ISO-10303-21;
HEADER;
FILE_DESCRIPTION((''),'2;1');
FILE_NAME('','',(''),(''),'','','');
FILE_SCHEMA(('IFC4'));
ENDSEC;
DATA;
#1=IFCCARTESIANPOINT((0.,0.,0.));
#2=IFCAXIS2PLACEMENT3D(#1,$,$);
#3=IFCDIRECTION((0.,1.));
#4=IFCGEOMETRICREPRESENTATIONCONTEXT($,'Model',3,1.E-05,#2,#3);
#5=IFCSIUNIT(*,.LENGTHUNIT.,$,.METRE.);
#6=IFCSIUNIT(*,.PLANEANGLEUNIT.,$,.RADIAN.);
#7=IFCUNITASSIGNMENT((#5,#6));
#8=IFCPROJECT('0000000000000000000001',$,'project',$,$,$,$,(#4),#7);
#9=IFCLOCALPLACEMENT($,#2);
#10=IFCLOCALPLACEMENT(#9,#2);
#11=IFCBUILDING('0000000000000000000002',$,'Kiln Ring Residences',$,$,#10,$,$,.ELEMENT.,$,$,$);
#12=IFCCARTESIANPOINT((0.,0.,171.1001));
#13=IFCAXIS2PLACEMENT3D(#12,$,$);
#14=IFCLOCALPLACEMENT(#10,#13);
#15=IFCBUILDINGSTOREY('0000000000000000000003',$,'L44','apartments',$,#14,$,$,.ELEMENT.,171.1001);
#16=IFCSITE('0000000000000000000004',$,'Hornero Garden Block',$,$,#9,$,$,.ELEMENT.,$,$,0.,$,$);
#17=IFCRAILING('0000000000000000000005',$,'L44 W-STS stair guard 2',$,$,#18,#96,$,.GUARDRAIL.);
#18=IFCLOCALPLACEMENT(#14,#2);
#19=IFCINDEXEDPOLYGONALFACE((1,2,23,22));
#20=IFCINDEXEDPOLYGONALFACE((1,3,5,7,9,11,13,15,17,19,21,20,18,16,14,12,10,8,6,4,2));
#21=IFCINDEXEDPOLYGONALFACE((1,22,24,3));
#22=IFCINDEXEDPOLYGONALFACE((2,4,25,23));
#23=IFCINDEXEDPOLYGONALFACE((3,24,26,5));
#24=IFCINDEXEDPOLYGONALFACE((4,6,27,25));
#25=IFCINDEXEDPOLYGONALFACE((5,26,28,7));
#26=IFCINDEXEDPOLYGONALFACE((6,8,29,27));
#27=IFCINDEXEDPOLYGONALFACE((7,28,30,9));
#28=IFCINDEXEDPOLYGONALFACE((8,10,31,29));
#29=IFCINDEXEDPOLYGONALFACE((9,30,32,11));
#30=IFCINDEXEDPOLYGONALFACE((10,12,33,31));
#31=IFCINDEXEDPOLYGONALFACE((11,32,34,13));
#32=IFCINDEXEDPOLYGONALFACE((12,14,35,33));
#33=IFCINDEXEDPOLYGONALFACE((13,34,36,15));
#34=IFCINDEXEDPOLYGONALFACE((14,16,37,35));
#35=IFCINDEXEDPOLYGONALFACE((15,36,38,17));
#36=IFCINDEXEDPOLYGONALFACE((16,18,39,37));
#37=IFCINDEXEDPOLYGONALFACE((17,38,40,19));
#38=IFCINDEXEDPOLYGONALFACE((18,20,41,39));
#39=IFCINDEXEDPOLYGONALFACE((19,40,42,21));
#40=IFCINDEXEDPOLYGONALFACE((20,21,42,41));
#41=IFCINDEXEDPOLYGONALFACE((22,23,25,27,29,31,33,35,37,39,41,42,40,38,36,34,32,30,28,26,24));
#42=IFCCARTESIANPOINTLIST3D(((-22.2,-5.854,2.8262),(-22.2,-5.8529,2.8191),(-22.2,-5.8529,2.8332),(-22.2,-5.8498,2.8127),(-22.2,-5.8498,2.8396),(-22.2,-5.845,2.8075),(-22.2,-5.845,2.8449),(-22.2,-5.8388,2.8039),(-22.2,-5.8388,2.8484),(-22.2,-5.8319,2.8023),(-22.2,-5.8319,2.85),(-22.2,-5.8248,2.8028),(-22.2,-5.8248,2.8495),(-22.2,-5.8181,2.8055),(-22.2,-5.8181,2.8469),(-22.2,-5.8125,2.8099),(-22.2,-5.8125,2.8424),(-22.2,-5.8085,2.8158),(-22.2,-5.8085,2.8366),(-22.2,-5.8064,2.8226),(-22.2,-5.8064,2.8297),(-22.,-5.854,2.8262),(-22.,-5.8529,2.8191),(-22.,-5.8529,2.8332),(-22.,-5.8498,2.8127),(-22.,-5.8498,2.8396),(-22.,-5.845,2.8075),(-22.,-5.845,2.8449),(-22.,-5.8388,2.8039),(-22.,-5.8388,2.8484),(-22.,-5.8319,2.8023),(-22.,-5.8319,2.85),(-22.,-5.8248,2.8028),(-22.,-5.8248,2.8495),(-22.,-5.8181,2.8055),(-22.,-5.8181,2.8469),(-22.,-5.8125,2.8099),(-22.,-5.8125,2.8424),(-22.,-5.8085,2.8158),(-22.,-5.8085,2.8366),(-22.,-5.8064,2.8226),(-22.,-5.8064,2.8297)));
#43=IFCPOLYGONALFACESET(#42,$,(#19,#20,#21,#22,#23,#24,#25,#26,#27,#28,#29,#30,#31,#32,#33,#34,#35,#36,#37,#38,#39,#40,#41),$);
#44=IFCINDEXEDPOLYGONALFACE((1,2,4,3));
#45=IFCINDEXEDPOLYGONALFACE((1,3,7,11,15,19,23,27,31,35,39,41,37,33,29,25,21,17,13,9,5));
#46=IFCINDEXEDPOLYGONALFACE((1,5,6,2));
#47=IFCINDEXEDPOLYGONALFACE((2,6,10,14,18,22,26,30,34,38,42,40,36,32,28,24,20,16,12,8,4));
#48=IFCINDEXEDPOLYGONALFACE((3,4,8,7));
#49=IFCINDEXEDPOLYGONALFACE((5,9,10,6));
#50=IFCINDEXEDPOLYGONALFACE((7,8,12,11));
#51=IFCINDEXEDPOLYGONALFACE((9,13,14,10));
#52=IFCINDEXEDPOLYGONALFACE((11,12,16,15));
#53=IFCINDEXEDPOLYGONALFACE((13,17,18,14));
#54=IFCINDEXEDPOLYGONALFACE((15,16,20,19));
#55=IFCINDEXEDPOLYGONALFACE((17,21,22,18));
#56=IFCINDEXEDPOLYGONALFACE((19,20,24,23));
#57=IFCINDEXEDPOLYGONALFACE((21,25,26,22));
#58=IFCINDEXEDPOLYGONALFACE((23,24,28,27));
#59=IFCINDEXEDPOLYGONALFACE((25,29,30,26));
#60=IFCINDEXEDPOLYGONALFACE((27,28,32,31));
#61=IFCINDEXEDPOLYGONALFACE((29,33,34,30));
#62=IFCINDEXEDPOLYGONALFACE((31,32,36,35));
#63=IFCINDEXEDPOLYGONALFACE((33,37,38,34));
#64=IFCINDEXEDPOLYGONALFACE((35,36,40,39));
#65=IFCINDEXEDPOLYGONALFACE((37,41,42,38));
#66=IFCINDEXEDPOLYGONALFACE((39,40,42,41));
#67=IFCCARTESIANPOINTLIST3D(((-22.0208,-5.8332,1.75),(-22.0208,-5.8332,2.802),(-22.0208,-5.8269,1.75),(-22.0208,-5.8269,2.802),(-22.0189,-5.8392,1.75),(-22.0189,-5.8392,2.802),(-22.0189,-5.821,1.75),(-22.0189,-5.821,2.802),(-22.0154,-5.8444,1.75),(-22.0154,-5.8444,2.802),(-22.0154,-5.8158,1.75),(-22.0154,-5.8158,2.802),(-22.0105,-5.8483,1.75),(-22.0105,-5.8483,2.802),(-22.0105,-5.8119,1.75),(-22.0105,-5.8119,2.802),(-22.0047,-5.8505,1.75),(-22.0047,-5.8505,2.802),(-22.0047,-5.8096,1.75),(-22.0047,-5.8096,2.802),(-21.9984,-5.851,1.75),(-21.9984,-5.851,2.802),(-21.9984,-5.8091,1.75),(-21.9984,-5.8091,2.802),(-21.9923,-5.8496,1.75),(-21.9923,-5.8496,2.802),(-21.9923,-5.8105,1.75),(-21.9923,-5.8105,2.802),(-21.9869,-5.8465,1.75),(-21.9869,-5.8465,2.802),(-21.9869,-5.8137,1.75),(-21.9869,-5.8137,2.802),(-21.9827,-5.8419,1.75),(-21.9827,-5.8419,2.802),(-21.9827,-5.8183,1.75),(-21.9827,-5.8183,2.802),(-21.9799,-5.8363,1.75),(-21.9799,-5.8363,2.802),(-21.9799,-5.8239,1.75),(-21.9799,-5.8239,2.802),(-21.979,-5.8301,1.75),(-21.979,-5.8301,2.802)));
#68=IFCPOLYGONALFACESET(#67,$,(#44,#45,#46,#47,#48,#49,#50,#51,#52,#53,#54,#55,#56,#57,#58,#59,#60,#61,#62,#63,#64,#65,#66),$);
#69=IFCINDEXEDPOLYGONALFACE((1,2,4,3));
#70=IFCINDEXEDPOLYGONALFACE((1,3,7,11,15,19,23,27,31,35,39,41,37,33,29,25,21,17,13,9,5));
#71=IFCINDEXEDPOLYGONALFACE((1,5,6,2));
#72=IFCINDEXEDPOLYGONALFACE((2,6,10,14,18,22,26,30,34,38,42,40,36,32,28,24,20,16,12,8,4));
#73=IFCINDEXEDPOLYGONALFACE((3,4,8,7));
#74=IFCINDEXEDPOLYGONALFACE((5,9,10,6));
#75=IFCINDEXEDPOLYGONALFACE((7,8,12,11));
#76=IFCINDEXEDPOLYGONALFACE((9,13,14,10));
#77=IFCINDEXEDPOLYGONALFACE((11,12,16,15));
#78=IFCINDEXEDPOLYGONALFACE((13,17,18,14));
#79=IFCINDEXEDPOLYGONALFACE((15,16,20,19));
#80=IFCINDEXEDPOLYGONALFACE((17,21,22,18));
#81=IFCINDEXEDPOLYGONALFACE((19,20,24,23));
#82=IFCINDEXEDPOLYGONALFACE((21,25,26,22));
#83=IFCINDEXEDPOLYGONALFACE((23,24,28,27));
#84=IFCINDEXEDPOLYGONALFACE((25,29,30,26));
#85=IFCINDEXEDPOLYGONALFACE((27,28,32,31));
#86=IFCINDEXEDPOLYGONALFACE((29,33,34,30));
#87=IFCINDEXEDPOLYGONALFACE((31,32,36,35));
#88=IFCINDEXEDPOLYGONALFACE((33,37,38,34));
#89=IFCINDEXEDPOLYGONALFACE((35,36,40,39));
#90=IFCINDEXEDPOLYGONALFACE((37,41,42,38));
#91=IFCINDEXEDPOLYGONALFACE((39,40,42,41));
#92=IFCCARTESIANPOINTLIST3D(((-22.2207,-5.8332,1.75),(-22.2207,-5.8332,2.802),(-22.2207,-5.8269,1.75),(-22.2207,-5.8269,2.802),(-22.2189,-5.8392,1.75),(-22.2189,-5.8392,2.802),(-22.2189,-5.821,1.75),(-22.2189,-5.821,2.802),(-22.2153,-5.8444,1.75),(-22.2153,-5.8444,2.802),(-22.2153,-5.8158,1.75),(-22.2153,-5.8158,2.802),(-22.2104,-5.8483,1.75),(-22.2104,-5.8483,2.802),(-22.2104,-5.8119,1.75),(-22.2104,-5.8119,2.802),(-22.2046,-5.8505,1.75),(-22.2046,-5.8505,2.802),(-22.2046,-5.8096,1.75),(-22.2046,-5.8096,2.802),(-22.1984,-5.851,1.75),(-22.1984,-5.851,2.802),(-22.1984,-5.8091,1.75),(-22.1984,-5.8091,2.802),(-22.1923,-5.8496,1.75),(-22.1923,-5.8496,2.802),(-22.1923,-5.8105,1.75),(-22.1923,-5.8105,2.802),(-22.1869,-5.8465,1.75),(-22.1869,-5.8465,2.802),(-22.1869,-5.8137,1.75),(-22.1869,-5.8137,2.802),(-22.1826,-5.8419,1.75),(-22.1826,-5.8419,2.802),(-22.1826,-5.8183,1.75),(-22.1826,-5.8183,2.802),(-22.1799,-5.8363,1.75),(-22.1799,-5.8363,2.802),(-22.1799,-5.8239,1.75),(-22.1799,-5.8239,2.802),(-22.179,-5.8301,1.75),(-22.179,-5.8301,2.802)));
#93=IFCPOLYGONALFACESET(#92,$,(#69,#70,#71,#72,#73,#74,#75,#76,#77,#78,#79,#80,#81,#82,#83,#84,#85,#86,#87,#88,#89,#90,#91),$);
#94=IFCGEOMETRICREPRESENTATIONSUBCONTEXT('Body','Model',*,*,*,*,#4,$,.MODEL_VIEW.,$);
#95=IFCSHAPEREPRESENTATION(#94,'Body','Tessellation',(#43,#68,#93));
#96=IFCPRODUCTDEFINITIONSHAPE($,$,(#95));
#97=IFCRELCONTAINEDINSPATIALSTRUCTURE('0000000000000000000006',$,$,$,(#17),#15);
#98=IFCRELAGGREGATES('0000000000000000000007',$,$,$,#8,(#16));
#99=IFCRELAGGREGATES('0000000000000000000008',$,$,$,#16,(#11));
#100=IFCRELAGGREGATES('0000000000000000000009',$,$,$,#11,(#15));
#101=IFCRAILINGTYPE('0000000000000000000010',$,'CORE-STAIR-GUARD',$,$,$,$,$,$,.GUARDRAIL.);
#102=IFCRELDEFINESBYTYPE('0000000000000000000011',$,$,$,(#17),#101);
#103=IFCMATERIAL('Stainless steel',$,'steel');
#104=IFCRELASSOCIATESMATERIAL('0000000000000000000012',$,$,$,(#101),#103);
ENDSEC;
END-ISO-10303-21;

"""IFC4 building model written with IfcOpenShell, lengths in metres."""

from ifc_helpers import new_model, si_unit, direction, frame, origin, origin_2d, place, context, subcontext, project, spatial, circle, extrude, material, type_object, element, save


model = new_model("IFC4")

# Units and contexts
model_context = context("Model", 3, precision=1e-05, world=origin(), true_north=direction((0.0, 1.0)))
body_context = subcontext(model_context, "Body", "Model", "MODEL_VIEW")
ifc_project = project(units=[si_unit("LENGTHUNIT", "METRE"), si_unit("PLANEANGLEUNIT", "RADIAN")], contexts=[model_context])

# Site, building, storey
site_placement = place(None, origin())
site = spatial("IfcSite", under=ifc_project, at=site_placement, Name="Hornero Garden Block", CompositionType="ELEMENT", RefElevation=0.0)
building_placement = place(site_placement, origin())
building = spatial("IfcBuilding", under=site, at=building_placement, Name="Kiln Ring Residences", CompositionType="ELEMENT")
storey_placement = place(building_placement, frame((0.0, 0.0, 171.1001)))
storey = spatial("IfcBuildingStorey", under=building, at=storey_placement, Name="L44", Description="apartments", CompositionType="ELEMENT", Elevation=171.1001)

# Railing
ifc_material_1 = material(Name="Stainless steel", Category="steel")
railing_type_1 = type_object("IfcRailingType", Name="CORE-STAIR-GUARD", PredefinedType="GUARDRAIL", material=ifc_material_1)
railing_1_placement = place(storey_placement, frame((-22.0, -5.8301, 1.75)))
element("IfcRailing", 1, at=railing_1_placement, inside=storey, type_object=railing_type_1, Name="L44 W-STS stair guard 2", PredefinedType="GUARDRAIL", context=body_context, shape_type="SweptSolid", body=[
    extrude(circle(Radius=0.0239, at=origin_2d()), frame((0.0, 0.0, 1.0762), z_axis=(-1.0, 0.0, 0.0), x_axis=(0.0, -1.0, 0.0)), (0.0, 0.0, 1.0), 0.2),
    extrude(circle(Radius=0.021, at=origin_2d()), origin(), (0.0, 0.0, 1.0), 1.052),
    extrude(circle(Radius=0.021, at=origin_2d()), frame((-0.2, 0.0, 0.0)), (0.0, 0.0, 1.0), 1.052),
])

save(model, "model.ifc")
